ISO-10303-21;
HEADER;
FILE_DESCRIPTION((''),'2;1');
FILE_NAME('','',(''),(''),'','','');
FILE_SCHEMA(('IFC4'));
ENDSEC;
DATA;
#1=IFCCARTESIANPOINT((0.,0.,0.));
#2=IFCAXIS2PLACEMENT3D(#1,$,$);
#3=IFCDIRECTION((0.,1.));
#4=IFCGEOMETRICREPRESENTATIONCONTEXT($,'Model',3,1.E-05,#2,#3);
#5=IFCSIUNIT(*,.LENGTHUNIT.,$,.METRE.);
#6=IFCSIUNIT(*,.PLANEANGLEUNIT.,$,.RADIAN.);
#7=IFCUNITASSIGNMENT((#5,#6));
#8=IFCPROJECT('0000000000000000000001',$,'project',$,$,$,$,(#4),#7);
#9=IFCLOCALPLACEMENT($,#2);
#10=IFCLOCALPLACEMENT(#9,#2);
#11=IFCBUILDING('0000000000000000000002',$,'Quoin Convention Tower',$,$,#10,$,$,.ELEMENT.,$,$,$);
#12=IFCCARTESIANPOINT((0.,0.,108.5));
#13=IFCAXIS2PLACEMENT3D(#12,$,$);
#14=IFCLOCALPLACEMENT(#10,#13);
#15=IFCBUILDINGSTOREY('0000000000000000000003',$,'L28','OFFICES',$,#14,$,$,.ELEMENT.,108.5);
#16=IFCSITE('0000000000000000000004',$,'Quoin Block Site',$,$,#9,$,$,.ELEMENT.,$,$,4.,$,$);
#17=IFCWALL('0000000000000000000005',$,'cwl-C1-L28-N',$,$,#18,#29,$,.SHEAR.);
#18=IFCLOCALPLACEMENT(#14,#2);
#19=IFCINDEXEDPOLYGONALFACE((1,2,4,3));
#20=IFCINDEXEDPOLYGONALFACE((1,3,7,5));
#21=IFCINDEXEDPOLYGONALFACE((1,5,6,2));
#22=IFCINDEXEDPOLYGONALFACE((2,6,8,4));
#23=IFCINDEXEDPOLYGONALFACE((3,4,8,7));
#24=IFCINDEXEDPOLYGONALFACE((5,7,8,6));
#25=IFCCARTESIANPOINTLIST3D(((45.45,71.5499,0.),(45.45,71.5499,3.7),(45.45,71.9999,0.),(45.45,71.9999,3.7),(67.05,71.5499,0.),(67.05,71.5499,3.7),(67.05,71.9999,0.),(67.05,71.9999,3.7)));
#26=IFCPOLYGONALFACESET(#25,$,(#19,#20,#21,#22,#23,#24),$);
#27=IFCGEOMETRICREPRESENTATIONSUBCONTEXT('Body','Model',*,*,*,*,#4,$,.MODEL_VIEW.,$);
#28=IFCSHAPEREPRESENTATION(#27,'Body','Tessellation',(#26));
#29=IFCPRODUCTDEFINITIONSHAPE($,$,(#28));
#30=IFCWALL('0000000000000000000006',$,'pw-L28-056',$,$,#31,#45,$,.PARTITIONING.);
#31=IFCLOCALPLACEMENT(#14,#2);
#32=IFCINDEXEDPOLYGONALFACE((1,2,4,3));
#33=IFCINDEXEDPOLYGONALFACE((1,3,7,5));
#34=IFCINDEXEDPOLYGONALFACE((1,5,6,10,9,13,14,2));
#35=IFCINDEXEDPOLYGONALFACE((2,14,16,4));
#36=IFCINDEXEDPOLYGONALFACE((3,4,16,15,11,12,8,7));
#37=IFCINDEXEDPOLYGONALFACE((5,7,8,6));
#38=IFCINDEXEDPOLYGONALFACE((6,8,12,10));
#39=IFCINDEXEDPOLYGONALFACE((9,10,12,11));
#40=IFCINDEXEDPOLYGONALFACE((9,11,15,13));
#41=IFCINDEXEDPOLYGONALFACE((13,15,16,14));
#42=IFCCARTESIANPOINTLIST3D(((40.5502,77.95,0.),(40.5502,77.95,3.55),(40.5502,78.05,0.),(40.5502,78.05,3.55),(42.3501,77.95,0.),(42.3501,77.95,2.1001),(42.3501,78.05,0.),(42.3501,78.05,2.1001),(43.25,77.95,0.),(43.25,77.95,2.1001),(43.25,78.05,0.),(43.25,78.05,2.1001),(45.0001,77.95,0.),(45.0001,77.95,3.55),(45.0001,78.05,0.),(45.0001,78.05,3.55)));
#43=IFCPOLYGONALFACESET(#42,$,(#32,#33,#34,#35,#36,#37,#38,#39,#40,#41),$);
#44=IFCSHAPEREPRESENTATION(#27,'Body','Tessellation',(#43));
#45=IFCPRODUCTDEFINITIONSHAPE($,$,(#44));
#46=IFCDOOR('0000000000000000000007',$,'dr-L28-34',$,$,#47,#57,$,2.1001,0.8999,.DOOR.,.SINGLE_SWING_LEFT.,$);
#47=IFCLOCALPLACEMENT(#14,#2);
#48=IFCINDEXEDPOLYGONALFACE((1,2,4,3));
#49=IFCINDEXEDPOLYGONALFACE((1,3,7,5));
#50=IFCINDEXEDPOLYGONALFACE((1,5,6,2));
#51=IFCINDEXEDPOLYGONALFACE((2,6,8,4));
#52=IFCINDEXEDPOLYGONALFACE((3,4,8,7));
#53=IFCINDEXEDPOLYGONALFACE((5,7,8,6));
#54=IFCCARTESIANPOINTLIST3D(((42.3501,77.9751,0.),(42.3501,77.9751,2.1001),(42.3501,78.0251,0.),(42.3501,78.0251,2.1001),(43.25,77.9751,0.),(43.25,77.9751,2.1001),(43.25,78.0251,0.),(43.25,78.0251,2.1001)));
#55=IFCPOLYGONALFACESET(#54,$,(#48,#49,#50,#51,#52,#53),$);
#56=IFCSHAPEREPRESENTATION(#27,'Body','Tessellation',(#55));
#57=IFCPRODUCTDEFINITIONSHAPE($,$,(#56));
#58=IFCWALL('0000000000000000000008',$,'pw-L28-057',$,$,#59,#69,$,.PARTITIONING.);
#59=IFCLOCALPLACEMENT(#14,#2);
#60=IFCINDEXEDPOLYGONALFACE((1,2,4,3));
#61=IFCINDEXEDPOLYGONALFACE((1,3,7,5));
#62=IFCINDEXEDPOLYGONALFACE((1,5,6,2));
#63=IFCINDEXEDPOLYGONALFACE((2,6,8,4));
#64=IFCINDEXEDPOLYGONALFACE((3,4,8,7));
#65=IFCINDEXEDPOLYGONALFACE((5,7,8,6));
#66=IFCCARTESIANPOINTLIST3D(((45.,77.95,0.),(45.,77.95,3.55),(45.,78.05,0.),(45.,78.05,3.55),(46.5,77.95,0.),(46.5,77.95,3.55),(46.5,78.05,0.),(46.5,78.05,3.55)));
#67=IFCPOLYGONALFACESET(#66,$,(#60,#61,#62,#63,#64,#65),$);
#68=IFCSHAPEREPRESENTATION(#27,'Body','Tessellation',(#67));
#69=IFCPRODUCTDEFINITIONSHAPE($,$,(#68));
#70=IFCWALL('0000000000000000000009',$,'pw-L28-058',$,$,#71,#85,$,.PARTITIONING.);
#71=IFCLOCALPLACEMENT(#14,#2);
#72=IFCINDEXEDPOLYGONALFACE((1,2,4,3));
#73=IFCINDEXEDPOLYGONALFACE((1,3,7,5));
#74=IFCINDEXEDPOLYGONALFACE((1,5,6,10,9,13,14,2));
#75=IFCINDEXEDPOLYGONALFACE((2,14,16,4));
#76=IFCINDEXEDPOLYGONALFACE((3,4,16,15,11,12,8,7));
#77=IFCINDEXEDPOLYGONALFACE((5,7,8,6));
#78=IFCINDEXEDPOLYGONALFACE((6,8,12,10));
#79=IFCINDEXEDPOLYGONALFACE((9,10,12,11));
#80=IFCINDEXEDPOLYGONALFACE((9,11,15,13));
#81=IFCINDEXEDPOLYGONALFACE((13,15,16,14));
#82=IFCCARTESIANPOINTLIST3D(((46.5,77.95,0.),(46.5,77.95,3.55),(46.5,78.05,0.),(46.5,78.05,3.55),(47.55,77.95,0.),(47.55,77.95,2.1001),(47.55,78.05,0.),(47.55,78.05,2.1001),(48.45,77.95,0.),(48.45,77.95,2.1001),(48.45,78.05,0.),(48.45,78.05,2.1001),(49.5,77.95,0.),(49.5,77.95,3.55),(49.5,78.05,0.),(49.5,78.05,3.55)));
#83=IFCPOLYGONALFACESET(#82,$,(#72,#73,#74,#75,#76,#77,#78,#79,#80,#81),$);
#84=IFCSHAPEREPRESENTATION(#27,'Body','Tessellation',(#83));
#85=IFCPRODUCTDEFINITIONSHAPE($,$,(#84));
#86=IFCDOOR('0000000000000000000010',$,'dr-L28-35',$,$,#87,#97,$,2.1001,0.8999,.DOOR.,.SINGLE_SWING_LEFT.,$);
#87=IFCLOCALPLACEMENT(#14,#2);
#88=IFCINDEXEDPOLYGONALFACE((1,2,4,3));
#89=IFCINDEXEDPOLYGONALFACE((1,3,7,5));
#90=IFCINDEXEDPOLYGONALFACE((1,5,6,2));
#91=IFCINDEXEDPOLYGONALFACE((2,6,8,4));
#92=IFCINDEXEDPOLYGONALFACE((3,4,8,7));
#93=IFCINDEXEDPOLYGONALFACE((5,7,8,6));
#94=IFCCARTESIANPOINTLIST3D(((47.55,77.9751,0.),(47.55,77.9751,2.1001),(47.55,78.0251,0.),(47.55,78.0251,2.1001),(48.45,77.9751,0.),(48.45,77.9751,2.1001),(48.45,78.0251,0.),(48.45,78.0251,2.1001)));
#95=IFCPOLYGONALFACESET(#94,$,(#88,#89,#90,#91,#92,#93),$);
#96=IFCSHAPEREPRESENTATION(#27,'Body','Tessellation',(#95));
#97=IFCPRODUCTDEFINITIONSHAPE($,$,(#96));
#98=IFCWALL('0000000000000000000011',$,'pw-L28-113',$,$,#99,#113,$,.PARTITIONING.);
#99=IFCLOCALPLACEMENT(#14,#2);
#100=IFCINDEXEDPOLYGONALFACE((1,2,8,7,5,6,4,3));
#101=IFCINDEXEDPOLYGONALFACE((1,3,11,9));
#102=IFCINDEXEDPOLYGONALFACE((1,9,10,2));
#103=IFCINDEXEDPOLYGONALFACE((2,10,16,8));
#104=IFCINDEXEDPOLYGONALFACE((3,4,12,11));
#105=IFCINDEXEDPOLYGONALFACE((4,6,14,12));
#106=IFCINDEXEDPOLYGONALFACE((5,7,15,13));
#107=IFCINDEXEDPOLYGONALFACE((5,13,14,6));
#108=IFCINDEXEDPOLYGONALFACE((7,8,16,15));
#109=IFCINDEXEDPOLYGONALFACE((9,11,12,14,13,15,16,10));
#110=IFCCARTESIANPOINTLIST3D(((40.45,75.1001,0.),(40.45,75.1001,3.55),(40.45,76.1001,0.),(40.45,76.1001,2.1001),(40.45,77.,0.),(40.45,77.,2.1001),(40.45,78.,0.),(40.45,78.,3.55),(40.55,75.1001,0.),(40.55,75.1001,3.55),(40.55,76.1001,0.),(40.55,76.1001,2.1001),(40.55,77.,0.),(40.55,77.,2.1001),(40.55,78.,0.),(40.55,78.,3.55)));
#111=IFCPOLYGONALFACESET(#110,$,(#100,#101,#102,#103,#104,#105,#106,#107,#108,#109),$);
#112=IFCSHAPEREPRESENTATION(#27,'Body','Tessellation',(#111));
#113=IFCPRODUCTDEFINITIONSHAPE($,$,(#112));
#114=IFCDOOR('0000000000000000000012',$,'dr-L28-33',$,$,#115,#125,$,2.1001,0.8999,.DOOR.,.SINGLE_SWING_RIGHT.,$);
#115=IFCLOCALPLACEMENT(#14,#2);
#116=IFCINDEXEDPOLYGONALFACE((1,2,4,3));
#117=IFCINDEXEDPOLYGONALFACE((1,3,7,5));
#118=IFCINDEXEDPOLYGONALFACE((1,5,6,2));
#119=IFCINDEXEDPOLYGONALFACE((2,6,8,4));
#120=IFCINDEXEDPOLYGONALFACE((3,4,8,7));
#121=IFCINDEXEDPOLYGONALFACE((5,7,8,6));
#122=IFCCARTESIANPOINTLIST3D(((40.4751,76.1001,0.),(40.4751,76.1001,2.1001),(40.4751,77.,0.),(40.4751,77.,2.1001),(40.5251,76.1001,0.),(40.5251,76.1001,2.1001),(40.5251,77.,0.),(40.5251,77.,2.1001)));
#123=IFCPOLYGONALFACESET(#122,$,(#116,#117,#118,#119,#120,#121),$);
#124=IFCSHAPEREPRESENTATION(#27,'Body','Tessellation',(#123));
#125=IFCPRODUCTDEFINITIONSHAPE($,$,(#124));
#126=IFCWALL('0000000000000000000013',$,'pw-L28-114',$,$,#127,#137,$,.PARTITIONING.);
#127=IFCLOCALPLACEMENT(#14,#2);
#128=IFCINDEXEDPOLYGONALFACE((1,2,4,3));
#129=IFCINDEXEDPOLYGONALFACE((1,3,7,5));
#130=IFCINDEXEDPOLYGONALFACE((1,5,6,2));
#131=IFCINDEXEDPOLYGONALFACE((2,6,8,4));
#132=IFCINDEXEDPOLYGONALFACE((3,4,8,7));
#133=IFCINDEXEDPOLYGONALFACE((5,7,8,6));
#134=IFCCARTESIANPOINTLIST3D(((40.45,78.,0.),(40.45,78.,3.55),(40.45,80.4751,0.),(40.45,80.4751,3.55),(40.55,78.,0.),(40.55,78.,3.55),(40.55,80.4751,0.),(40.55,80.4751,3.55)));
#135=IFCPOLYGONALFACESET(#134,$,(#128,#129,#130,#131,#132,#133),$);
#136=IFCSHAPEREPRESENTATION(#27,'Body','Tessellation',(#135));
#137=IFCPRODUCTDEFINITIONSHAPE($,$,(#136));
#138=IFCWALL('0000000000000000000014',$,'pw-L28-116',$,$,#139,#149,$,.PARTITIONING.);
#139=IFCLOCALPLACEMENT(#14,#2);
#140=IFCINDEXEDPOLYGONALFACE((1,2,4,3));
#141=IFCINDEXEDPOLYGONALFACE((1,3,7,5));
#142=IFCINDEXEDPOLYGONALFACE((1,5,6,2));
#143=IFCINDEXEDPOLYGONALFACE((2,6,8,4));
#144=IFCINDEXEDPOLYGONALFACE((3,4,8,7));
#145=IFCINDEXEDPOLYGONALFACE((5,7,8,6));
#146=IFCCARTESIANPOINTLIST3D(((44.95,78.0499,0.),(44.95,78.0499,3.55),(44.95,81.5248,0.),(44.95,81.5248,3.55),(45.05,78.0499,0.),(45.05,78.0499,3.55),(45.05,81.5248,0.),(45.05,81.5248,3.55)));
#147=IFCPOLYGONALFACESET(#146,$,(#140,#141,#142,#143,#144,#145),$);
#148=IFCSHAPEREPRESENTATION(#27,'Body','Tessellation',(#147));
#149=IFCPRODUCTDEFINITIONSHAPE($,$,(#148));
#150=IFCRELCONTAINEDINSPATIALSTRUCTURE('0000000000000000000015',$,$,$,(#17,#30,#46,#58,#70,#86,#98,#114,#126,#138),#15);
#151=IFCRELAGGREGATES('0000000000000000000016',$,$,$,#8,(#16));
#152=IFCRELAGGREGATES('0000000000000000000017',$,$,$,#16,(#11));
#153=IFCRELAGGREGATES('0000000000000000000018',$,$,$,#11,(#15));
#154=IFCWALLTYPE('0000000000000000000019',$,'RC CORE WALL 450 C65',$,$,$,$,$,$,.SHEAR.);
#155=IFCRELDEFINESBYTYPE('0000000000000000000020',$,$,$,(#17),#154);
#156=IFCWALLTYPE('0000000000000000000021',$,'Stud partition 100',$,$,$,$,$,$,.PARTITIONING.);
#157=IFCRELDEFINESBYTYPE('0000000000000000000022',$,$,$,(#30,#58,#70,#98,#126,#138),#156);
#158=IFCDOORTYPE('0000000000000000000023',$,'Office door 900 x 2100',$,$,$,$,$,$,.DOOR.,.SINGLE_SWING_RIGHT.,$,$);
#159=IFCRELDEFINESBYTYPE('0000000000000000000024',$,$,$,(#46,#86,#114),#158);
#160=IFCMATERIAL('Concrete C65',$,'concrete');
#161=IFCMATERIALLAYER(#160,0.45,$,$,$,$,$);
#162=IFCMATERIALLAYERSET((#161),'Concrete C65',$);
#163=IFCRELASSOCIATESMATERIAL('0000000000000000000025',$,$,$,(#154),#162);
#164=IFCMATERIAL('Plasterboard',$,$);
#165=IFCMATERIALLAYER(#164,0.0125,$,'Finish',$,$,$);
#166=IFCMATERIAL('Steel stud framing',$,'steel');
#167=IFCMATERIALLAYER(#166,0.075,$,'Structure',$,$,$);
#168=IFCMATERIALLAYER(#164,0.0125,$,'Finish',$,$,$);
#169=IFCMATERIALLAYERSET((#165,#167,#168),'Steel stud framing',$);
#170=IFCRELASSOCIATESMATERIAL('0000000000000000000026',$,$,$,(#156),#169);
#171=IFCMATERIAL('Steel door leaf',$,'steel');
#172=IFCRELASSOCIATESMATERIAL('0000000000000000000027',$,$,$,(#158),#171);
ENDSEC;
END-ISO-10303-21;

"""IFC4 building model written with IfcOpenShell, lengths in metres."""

from ifc_helpers import new_model, si_unit, direction, frame, frame_2d, origin, place, context, subcontext, project, spatial, rectangle, extrude, material, layer, layer_set, type_object, element, fill, save


model = new_model("IFC4")

# Units and contexts
model_context = context("Model", 3, precision=1e-05, world=origin(), true_north=direction((0.0, 1.0)))
body_context = subcontext(model_context, "Body", "Model", "MODEL_VIEW")
ifc_project = project(units=[si_unit("LENGTHUNIT", "METRE"), si_unit("PLANEANGLEUNIT", "RADIAN")], contexts=[model_context])

# Site, building, storey
site_placement = place(None, origin())
site = spatial("IfcSite", under=ifc_project, at=site_placement, Name="Quoin Block Site", CompositionType="ELEMENT", RefElevation=4.0)
building_placement = place(site_placement, origin())
building = spatial("IfcBuilding", under=site, at=building_placement, Name="Quoin Convention Tower", CompositionType="ELEMENT")
storey_placement = place(building_placement, frame((0.0, 0.0, 108.5)))
storey = spatial("IfcBuildingStorey", under=building, at=storey_placement, Name="L28", Description="OFFICES", CompositionType="ELEMENT", Elevation=108.5)

# Shared definitions
ifc_material_1 = material(Name="Concrete C65", Category="concrete")

# Shared definitions
ifc_material_2 = material(Name="Plasterboard")
ifc_material_3 = material(Name="Steel stud framing", Category="steel")
ifc_material_4 = material(Name="Steel door leaf", Category="steel")

# Wall
ifc_layer_1 = layer(ifc_material_1, 0.45)
ifc_layer_set_1 = layer_set([ifc_layer_1], Name="Concrete C65")
wall_type_1 = type_object("IfcWallType", Name="RC CORE WALL 450 C65", PredefinedType="SHEAR", material=ifc_layer_set_1)
wall_1_placement = place(storey_placement, frame((45.45, 71.7749, 0.0), z_axis=(0.0, 0.0, 1.0), x_axis=(1.0, 0.0, 0.0)))
element("IfcWall", 1, at=wall_1_placement, inside=storey, type_object=wall_type_1, Name="cwl-C1-L28-N", PredefinedType="SHEAR", context=body_context, shape_type="SweptSolid", body=[
    extrude(rectangle(XDim=21.6001, YDim=0.45, at=frame_2d((10.8, 0.0))), origin(), (0.0, 0.0, 1.0), 3.7),
])

# Wall, opening, door
ifc_layer_2 = layer(ifc_material_2, 0.0125, Name="Finish")
ifc_layer_3 = layer(ifc_material_3, 0.075, Name="Structure")
ifc_layer_4 = layer(ifc_material_2, 0.0125, Name="Finish")
ifc_layer_set_2 = layer_set([ifc_layer_2, ifc_layer_3, ifc_layer_4], Name="Steel stud framing")
wall_type_2 = type_object("IfcWallType", Name="Stud partition 100", PredefinedType="PARTITIONING", material=ifc_layer_set_2)
wall_2_placement = place(storey_placement, frame((40.55, 78.0, 0.0), z_axis=(0.0, 0.0, 1.0), x_axis=(1.0, 0.0, 0.0)))
wall_2 = element("IfcWall", 2, at=wall_2_placement, inside=storey, type_object=wall_type_2, Name="pw-L28-056", PredefinedType="PARTITIONING", context=body_context, shape_type="SweptSolid", body=[
    extrude(rectangle(XDim=4.45, YDim=0.1001, at=frame_2d((2.2251, 0.0))), origin(), (0.0, 0.0, 1.0), 3.55),
])
opening_1_placement = place(wall_2_placement, frame((1.8, 0.0, 0.0)))
opening_1 = element("IfcOpeningElement", 3, at=opening_1_placement, cuts=wall_2, PredefinedType="OPENING", context=body_context, shape_type="SweptSolid", body=[
    extrude(rectangle(XDim=0.8999, YDim=2.1001, at=frame_2d((0.45, 1.05))), frame((0.0, 0.0601, 0.0), z_axis=(0.0, -1.0, 0.0), x_axis=(1.0, 0.0, 0.0)), (0.0, 0.0, 1.0), 0.1201),
])
door_type_1 = type_object("IfcDoorType", Name="Office door 900 x 2100", OperationType="SINGLE_SWING_RIGHT", PredefinedType="DOOR", material=ifc_material_4)
door_1_placement = place(opening_1_placement, frame((0.8999, 0.0, 0.0), z_axis=(0.0, 0.0, 1.0), x_axis=(-1.0, 0.0, 0.0)))
door_1 = element("IfcDoor", 4, at=door_1_placement, inside=storey, type_object=door_type_1, Name="dr-L28-34", OperationType="SINGLE_SWING_LEFT", OverallHeight=2.1001, OverallWidth=0.8999, PredefinedType="DOOR", context=body_context, shape_type="SweptSolid", body=[
    extrude(rectangle(XDim=0.8999, YDim=2.1001, at=frame_2d((0.45, 1.05))), frame((0.0, 0.0249, 0.0), z_axis=(0.0, -1.0, 0.0), x_axis=(1.0, 0.0, 0.0)), (0.0, 0.0, 1.0), 0.05),
])
fill(opening_1, door_1)

# Wall
wall_3_placement = place(storey_placement, frame((45.0, 78.0, 0.0), z_axis=(0.0, 0.0, 1.0), x_axis=(1.0, 0.0, 0.0)))
element("IfcWall", 5, at=wall_3_placement, inside=storey, type_object=wall_type_2, Name="pw-L28-057", PredefinedType="PARTITIONING", context=body_context, shape_type="SweptSolid", body=[
    extrude(rectangle(XDim=1.5, YDim=0.1001, at=frame_2d((0.75, 0.0))), origin(), (0.0, 0.0, 1.0), 3.55),
])

# Walls, openings, doors
wall_4_placement = place(storey_placement, frame((46.5, 78.0, 0.0), z_axis=(0.0, 0.0, 1.0), x_axis=(1.0, 0.0, 0.0)))
wall_4 = element("IfcWall", 6, at=wall_4_placement, inside=storey, type_object=wall_type_2, Name="pw-L28-058", PredefinedType="PARTITIONING", context=body_context, shape_type="SweptSolid", body=[
    extrude(rectangle(XDim=3.0, YDim=0.1001, at=frame_2d((1.5, 0.0))), origin(), (0.0, 0.0, 1.0), 3.55),
])
opening_2_placement = place(wall_4_placement, frame((1.05, 0.0, 0.0)))
opening_2 = element("IfcOpeningElement", 7, at=opening_2_placement, cuts=wall_4, PredefinedType="OPENING", context=body_context, shape_type="SweptSolid", body=[
    extrude(rectangle(XDim=0.8999, YDim=2.1001, at=frame_2d((0.45, 1.05))), frame((0.0, 0.0601, 0.0), z_axis=(0.0, -1.0, 0.0), x_axis=(1.0, 0.0, 0.0)), (0.0, 0.0, 1.0), 0.1201),
])
door_2_placement = place(opening_2_placement, frame((0.8999, 0.0, 0.0), z_axis=(0.0, 0.0, 1.0), x_axis=(-1.0, 0.0, 0.0)))
door_2 = element("IfcDoor", 8, at=door_2_placement, inside=storey, type_object=door_type_1, Name="dr-L28-35", OperationType="SINGLE_SWING_LEFT", OverallHeight=2.1001, OverallWidth=0.8999, PredefinedType="DOOR", context=body_context, shape_type="SweptSolid", body=[
    extrude(rectangle(XDim=0.8999, YDim=2.1001, at=frame_2d((0.45, 1.05))), frame((0.0, 0.0249, 0.0), z_axis=(0.0, -1.0, 0.0), x_axis=(1.0, 0.0, 0.0)), (0.0, 0.0, 1.0), 0.05),
])
fill(opening_2, door_2)
wall_5_placement = place(storey_placement, frame((40.5, 75.1001, 0.0), z_axis=(0.0, 0.0, 1.0), x_axis=(0.0, 1.0, 0.0)))
wall_5 = element("IfcWall", 9, at=wall_5_placement, inside=storey, type_object=wall_type_2, Name="pw-L28-113", PredefinedType="PARTITIONING", context=body_context, shape_type="SweptSolid", body=[
    extrude(rectangle(XDim=2.8999, YDim=0.1001, at=frame_2d((1.45, 0.0))), origin(), (0.0, 0.0, 1.0), 3.55),
])
opening_3_placement = place(wall_5_placement, frame((1.0, 0.0, 0.0)))
opening_3 = element("IfcOpeningElement", 10, at=opening_3_placement, cuts=wall_5, PredefinedType="OPENING", context=body_context, shape_type="SweptSolid", body=[
    extrude(rectangle(XDim=0.8999, YDim=2.1001, at=frame_2d((0.45, 1.05))), frame((0.0, 0.0601, 0.0), z_axis=(0.0, -1.0, 0.0), x_axis=(1.0, 0.0, 0.0)), (0.0, 0.0, 1.0), 0.1201),
])
door_3_placement = place(opening_3_placement, origin())
door_3 = element("IfcDoor", 11, at=door_3_placement, inside=storey, type_object=door_type_1, Name="dr-L28-33", OperationType="SINGLE_SWING_RIGHT", OverallHeight=2.1001, OverallWidth=0.8999, PredefinedType="DOOR", context=body_context, shape_type="SweptSolid", body=[
    extrude(rectangle(XDim=0.8999, YDim=2.1001, at=frame_2d((0.45, 1.05))), frame((0.0, 0.0249, 0.0), z_axis=(0.0, -1.0, 0.0), x_axis=(1.0, 0.0, 0.0)), (0.0, 0.0, 1.0), 0.05),
])
fill(opening_3, door_3)

# Walls
wall_6_placement = place(storey_placement, frame((40.5, 78.0, 0.0), z_axis=(0.0, 0.0, 1.0), x_axis=(0.0, 1.0, 0.0)))
element("IfcWall", 12, at=wall_6_placement, inside=storey, type_object=wall_type_2, Name="pw-L28-114", PredefinedType="PARTITIONING", context=body_context, shape_type="SweptSolid", body=[
    extrude(rectangle(XDim=2.4751, YDim=0.1001, at=frame_2d((1.2375, 0.0))), origin(), (0.0, 0.0, 1.0), 3.55),
])
wall_7_placement = place(storey_placement, frame((45.0, 78.05, 0.0), z_axis=(0.0, 0.0, 1.0), x_axis=(0.0, 1.0, 0.0)))
element("IfcWall", 13, at=wall_7_placement, inside=storey, type_object=wall_type_2, Name="pw-L28-116", PredefinedType="PARTITIONING", context=body_context, shape_type="SweptSolid", body=[
    extrude(rectangle(XDim=3.4749, YDim=0.1001, at=frame_2d((1.7373, 0.0))), origin(), (0.0, 0.0, 1.0), 3.55),
])

save(model, "model.ifc")
